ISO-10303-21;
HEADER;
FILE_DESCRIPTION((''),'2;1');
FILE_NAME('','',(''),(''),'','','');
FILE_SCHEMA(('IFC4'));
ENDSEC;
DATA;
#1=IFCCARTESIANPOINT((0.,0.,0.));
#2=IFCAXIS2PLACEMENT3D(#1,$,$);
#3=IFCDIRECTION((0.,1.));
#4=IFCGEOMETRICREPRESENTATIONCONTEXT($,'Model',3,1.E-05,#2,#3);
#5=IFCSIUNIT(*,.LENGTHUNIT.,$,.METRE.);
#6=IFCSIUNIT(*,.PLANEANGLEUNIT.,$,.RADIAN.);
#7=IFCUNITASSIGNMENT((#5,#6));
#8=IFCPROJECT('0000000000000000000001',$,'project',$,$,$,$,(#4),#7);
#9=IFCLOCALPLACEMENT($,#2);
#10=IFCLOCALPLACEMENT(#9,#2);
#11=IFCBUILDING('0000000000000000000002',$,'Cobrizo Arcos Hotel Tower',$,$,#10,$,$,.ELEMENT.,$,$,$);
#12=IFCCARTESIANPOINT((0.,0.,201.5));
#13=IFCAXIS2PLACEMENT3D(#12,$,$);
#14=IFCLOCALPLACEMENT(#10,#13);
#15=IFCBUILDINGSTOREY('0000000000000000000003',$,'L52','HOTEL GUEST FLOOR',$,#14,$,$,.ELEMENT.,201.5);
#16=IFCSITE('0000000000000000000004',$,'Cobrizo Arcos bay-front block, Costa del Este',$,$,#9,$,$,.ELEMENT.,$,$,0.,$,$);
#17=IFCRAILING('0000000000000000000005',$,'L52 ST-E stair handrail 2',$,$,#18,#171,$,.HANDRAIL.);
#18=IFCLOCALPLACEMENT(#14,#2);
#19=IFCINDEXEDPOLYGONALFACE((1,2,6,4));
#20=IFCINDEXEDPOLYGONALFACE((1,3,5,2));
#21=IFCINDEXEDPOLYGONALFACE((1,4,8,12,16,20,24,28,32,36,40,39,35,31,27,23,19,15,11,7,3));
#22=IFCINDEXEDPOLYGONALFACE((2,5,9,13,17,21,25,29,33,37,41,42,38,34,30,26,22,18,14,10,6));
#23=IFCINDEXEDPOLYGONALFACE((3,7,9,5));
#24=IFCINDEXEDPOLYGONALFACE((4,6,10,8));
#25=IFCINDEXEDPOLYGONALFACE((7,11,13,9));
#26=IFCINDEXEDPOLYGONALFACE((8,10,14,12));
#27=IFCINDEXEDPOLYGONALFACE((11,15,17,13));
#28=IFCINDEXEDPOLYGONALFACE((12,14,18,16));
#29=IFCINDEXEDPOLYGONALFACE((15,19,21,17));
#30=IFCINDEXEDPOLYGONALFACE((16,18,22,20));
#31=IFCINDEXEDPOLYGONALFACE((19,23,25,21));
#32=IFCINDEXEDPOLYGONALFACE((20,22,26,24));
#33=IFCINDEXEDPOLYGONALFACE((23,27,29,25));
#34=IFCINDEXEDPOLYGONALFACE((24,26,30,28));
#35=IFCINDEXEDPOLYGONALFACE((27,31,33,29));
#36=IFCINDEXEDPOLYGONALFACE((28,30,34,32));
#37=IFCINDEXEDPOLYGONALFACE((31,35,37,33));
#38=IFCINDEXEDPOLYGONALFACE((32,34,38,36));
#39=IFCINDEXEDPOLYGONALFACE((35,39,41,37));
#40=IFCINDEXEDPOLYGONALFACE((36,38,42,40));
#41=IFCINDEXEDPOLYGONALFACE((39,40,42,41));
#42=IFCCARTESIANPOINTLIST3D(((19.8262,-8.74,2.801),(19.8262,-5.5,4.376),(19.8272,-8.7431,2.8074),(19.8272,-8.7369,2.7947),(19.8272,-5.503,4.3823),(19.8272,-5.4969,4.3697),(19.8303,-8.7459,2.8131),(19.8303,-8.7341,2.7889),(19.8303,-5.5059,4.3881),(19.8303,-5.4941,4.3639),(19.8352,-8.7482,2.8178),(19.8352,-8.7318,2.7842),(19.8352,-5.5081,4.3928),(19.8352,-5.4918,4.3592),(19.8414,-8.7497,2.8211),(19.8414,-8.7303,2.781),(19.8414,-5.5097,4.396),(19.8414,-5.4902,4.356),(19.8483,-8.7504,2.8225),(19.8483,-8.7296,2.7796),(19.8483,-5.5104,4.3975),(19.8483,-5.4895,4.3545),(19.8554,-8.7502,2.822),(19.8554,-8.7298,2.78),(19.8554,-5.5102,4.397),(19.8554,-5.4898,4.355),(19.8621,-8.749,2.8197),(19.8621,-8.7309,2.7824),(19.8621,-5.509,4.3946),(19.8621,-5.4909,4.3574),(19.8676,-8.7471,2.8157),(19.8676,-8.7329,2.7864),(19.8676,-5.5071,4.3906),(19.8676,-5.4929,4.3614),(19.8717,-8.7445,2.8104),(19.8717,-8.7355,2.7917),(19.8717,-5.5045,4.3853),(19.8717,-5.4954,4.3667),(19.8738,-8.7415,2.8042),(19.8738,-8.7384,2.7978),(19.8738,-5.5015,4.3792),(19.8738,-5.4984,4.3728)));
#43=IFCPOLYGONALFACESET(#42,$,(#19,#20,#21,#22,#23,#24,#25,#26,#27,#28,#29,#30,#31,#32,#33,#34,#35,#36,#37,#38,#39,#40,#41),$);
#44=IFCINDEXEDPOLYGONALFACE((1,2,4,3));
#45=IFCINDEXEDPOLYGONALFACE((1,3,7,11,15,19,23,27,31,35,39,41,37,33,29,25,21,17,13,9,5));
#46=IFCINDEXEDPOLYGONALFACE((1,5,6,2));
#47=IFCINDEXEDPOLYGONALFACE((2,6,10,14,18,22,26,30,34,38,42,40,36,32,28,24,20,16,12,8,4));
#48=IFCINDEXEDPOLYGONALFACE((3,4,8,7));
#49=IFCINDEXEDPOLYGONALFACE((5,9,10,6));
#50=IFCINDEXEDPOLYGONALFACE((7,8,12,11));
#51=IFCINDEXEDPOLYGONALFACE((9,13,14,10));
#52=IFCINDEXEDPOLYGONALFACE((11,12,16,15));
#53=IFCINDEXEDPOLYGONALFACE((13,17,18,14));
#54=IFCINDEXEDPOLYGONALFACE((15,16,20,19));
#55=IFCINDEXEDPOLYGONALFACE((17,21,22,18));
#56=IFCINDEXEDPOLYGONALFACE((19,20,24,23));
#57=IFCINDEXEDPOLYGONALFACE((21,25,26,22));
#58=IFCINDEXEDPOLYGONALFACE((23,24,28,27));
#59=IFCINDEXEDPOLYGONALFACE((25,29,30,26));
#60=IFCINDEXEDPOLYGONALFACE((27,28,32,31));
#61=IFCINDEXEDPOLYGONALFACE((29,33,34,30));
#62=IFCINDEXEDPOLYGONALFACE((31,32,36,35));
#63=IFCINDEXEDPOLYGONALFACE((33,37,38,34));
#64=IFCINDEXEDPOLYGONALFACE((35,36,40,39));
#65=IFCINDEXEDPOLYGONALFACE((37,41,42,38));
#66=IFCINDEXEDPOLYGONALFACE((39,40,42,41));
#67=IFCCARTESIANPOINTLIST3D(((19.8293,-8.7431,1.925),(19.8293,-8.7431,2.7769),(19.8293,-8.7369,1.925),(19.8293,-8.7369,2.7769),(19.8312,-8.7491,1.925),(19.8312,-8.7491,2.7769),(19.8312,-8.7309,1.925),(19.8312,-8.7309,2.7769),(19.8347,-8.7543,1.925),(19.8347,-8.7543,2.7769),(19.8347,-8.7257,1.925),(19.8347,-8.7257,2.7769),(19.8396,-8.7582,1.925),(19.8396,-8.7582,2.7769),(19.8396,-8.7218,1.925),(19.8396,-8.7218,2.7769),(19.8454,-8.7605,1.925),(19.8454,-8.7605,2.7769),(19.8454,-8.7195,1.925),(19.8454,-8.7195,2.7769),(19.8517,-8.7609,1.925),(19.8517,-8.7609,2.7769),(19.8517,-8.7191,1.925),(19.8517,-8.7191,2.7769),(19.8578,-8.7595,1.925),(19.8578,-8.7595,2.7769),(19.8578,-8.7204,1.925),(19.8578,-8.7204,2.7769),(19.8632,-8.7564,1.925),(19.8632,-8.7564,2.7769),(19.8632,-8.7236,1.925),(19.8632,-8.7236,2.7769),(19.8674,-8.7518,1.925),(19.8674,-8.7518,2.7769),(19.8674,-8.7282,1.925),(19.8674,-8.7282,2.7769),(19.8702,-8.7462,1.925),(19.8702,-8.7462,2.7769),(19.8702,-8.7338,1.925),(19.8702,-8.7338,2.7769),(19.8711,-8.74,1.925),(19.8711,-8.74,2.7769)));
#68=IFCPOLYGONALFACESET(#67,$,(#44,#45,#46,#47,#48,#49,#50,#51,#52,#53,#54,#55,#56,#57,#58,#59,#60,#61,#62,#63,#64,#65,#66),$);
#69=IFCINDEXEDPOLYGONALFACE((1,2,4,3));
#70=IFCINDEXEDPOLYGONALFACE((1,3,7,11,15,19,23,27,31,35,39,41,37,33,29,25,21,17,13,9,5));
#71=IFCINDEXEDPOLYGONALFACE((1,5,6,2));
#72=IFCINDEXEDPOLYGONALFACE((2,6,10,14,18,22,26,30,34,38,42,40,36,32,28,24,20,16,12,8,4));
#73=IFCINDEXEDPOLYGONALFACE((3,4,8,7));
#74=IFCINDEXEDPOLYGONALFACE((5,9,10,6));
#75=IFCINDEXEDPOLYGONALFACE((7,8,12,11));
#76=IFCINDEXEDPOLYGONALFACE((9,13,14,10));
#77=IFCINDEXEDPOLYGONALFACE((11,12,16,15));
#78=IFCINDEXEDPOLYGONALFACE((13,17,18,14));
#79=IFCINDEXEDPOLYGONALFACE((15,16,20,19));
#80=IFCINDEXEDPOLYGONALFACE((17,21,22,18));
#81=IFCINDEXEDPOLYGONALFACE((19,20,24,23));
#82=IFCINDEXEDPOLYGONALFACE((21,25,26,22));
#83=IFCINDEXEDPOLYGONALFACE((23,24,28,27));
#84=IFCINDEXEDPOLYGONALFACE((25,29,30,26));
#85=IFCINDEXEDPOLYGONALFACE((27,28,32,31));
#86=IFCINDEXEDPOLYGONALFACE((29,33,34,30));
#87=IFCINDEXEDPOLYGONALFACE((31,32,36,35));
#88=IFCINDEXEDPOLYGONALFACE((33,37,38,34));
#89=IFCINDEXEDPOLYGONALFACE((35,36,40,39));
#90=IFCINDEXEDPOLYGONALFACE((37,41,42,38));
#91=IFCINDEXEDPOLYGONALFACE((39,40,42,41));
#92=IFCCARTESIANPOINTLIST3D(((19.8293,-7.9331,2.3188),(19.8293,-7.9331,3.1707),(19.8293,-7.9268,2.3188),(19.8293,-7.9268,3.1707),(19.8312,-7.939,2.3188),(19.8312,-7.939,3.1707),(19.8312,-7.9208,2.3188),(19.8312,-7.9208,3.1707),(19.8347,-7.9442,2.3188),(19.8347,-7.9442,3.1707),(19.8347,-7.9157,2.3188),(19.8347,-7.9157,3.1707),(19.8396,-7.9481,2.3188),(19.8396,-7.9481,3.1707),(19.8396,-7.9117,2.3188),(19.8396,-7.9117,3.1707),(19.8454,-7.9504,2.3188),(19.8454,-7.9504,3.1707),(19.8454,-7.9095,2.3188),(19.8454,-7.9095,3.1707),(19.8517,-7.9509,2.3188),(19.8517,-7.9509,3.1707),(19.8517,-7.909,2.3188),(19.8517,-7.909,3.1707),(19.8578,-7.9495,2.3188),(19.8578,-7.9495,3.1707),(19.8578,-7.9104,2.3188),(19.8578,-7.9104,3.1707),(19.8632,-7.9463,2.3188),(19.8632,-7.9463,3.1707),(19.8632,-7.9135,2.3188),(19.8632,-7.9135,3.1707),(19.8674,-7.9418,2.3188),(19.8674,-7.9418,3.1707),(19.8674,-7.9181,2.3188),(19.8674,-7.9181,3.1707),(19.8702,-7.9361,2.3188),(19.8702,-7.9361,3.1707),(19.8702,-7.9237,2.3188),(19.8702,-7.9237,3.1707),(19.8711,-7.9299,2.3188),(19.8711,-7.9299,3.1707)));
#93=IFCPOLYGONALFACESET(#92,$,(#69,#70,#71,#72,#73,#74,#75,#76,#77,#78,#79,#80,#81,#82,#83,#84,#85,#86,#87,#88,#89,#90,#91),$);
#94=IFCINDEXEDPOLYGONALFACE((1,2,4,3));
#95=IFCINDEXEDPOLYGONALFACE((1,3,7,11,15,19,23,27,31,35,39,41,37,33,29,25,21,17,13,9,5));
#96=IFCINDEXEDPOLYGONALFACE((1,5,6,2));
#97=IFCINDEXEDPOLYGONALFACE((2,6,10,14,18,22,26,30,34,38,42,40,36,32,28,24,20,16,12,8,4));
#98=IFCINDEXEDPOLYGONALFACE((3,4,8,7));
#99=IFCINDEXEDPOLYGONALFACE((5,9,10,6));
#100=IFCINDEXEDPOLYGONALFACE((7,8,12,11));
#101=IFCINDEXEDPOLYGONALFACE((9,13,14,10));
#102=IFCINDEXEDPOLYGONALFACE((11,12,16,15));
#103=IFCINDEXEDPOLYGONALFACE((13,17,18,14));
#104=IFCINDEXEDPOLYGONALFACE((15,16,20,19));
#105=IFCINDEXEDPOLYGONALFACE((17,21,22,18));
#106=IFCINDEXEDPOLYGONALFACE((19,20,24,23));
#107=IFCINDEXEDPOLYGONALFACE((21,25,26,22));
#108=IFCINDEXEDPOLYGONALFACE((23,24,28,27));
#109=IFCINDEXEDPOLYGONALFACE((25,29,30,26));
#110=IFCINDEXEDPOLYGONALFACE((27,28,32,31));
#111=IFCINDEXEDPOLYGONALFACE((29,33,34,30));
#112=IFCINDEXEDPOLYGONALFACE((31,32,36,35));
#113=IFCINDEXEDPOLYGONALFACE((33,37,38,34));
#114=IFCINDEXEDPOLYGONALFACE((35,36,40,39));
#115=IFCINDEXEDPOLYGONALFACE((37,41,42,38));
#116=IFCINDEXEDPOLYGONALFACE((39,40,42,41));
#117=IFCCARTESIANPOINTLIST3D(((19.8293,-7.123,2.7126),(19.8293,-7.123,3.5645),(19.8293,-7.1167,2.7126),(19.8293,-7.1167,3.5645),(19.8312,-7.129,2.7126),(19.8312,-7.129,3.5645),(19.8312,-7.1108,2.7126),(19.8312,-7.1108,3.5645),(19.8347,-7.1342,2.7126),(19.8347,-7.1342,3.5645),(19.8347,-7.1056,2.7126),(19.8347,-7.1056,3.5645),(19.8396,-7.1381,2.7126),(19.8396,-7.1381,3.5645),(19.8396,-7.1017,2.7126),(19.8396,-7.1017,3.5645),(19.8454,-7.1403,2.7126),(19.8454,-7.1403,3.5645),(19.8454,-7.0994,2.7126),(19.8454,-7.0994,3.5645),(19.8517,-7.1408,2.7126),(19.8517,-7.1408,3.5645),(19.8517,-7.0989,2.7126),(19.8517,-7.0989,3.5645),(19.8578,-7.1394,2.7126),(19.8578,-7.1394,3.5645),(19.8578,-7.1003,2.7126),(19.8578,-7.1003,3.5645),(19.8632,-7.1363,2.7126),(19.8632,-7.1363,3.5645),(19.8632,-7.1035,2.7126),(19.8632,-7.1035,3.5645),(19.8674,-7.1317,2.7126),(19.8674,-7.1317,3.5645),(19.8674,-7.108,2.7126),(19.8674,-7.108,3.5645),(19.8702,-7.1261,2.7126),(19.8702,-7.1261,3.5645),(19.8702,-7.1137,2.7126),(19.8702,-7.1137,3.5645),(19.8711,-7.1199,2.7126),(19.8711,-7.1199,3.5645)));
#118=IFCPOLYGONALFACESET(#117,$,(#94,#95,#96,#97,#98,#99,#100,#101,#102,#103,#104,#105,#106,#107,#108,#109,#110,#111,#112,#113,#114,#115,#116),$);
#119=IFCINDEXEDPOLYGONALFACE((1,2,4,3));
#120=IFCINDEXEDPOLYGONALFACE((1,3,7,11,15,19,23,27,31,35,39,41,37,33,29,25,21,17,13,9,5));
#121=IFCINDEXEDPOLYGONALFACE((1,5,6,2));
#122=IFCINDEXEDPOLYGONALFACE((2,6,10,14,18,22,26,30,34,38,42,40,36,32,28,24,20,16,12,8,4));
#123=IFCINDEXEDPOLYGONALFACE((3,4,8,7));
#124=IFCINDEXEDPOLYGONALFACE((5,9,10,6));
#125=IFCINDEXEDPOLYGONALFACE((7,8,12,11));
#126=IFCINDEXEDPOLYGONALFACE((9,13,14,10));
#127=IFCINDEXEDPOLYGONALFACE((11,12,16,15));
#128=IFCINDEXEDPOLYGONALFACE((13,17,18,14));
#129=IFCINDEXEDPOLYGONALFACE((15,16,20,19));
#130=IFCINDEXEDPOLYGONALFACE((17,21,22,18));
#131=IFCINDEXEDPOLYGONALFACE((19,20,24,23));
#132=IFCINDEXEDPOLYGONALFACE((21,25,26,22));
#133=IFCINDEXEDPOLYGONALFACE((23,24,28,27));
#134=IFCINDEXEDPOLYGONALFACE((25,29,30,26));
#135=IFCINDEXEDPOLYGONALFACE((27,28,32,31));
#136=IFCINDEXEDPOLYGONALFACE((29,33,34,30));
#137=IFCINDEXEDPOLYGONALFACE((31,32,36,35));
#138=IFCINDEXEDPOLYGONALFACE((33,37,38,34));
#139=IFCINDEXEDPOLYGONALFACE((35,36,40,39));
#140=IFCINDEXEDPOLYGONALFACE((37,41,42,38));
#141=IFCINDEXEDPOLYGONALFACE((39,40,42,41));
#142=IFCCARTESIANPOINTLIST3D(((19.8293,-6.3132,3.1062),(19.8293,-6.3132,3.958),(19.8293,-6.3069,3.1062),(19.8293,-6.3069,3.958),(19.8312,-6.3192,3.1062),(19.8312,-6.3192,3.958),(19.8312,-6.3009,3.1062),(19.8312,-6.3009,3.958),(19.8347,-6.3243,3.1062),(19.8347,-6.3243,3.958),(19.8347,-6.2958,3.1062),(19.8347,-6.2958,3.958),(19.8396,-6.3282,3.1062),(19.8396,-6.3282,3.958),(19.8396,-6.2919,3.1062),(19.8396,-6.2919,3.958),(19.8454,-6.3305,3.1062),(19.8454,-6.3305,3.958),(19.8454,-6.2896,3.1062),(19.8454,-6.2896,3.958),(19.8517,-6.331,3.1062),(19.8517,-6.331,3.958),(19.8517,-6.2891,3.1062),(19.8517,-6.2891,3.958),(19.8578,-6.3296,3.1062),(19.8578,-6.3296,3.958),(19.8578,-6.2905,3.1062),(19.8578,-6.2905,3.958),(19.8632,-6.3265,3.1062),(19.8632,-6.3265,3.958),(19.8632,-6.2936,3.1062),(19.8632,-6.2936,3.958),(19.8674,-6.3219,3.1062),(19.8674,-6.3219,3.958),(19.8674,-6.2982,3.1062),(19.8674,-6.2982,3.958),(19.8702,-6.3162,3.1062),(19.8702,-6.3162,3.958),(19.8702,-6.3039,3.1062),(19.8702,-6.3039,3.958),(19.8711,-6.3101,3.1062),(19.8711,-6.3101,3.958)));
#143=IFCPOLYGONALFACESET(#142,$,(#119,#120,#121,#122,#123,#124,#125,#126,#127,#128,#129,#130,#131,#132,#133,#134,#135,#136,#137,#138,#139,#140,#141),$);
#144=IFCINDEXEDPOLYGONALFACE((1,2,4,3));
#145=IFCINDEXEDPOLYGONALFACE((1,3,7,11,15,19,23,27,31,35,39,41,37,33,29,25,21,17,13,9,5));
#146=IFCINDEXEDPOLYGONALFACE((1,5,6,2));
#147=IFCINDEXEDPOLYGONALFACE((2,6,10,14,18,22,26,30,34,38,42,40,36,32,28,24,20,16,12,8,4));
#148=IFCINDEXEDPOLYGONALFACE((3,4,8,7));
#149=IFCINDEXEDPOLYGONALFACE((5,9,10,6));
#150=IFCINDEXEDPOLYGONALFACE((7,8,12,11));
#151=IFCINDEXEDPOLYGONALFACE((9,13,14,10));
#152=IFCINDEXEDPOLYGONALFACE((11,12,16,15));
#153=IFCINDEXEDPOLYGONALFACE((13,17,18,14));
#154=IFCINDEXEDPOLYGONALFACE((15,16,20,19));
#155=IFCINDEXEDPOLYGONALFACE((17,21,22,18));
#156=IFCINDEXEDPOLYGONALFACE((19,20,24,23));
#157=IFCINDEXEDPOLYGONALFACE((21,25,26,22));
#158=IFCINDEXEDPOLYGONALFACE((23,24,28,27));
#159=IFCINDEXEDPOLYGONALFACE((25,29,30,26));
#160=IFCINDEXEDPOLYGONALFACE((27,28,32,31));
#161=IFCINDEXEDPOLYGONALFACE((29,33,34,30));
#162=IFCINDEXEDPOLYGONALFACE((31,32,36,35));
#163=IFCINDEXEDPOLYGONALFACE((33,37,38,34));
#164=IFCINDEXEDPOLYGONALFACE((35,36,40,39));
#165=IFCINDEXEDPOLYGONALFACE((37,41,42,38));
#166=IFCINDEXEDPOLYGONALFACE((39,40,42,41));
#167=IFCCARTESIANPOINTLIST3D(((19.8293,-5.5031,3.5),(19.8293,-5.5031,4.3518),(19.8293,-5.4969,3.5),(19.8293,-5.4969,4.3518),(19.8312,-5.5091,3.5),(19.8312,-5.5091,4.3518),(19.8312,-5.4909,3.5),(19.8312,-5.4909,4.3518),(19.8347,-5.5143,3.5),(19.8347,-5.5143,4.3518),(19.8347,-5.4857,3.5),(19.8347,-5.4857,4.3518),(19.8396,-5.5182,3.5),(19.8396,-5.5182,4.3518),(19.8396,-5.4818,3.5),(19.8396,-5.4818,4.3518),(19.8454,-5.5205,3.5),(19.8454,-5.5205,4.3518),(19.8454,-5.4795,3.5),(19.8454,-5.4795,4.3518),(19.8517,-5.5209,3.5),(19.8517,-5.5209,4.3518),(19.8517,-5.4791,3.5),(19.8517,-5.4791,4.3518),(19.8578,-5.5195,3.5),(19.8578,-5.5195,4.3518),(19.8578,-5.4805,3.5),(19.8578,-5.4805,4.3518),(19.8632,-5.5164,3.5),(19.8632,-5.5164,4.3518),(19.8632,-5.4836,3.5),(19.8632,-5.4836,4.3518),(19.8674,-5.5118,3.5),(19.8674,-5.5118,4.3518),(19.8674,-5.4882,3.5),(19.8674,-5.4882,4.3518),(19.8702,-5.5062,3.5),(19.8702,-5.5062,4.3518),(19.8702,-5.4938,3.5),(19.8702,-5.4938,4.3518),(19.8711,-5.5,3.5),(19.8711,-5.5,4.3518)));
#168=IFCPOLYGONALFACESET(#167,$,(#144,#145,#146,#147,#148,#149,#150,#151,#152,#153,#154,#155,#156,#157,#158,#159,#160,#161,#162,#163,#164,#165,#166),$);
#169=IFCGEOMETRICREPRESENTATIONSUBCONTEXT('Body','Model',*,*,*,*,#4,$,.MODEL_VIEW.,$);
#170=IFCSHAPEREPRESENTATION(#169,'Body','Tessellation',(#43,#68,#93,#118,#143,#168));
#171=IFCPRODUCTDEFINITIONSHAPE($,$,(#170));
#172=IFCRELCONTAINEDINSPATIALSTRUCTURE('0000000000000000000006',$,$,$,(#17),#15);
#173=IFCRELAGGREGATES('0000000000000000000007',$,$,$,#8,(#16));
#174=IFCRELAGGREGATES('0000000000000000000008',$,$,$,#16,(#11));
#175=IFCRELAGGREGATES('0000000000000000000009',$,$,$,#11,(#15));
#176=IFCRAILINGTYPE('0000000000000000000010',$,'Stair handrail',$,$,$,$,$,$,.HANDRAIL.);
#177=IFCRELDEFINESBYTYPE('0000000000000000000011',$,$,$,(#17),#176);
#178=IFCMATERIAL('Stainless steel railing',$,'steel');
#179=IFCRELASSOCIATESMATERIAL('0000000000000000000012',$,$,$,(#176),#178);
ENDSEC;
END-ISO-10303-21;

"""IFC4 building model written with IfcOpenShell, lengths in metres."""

from ifc_helpers import new_model, si_unit, direction, frame, origin, origin_2d, place, context, subcontext, project, spatial, circle, extrude, material, type_object, element, save


model = new_model("IFC4")

# Units and contexts
model_context = context("Model", 3, precision=1e-05, world=origin(), true_north=direction((0.0, 1.0)))
body_context = subcontext(model_context, "Body", "Model", "MODEL_VIEW")
ifc_project = project(units=[si_unit("LENGTHUNIT", "METRE"), si_unit("PLANEANGLEUNIT", "RADIAN")], contexts=[model_context])

# Site, building, storey
site_placement = place(None, origin())
site = spatial("IfcSite", under=ifc_project, at=site_placement, Name="Cobrizo Arcos bay-front block, Costa del Este", CompositionType="ELEMENT", RefElevation=0.0)
building_placement = place(site_placement, origin())
building = spatial("IfcBuilding", under=site, at=building_placement, Name="Cobrizo Arcos Hotel Tower", CompositionType="ELEMENT")
storey_placement = place(building_placement, frame((0.0, 0.0, 201.5)))
storey = spatial("IfcBuildingStorey", under=building, at=storey_placement, Name="L52", Description="HOTEL GUEST FLOOR", CompositionType="ELEMENT", Elevation=201.5)

# Railing
ifc_material_1 = material(Name="Stainless steel railing", Category="steel")
railing_type_1 = type_object("IfcRailingType", Name="Stair handrail", PredefinedType="HANDRAIL", material=ifc_material_1)
railing_1_placement = place(storey_placement, frame((19.8501, -8.74, 1.925)))
element("IfcRailing", 1, at=railing_1_placement, inside=storey, type_object=railing_type_1, Name="L52 ST-E stair handrail 2", PredefinedType="HANDRAIL", context=body_context, shape_type="SweptSolid", body=[
    extrude(circle(Radius=0.0239, at=origin_2d()), frame((0.0, 0.0, 0.876), z_axis=(0.0, 0.899373, 0.437183), x_axis=(-1.0, 0.0, 0.0)), (0.0, 0.0, 1.0), 3.6025),
    extrude(circle(Radius=0.021, at=origin_2d()), origin(), (0.0, 0.0, 1.0), 0.8518),
    extrude(circle(Radius=0.021, at=origin_2d()), frame((0.0, 0.8101, 0.3938)), (0.0, 0.0, 1.0), 0.8518),
    extrude(circle(Radius=0.021, at=origin_2d()), frame((0.0, 1.6201, 0.7876)), (0.0, 0.0, 1.0), 0.8518),
    extrude(circle(Radius=0.021, at=origin_2d()), frame((0.0, 2.4299, 1.1812)), (0.0, 0.0, 1.0), 0.8518),
    extrude(circle(Radius=0.021, at=origin_2d()), frame((0.0, 3.24, 1.575)), (0.0, 0.0, 1.0), 0.8518),
])

save(model, "model.ifc")
